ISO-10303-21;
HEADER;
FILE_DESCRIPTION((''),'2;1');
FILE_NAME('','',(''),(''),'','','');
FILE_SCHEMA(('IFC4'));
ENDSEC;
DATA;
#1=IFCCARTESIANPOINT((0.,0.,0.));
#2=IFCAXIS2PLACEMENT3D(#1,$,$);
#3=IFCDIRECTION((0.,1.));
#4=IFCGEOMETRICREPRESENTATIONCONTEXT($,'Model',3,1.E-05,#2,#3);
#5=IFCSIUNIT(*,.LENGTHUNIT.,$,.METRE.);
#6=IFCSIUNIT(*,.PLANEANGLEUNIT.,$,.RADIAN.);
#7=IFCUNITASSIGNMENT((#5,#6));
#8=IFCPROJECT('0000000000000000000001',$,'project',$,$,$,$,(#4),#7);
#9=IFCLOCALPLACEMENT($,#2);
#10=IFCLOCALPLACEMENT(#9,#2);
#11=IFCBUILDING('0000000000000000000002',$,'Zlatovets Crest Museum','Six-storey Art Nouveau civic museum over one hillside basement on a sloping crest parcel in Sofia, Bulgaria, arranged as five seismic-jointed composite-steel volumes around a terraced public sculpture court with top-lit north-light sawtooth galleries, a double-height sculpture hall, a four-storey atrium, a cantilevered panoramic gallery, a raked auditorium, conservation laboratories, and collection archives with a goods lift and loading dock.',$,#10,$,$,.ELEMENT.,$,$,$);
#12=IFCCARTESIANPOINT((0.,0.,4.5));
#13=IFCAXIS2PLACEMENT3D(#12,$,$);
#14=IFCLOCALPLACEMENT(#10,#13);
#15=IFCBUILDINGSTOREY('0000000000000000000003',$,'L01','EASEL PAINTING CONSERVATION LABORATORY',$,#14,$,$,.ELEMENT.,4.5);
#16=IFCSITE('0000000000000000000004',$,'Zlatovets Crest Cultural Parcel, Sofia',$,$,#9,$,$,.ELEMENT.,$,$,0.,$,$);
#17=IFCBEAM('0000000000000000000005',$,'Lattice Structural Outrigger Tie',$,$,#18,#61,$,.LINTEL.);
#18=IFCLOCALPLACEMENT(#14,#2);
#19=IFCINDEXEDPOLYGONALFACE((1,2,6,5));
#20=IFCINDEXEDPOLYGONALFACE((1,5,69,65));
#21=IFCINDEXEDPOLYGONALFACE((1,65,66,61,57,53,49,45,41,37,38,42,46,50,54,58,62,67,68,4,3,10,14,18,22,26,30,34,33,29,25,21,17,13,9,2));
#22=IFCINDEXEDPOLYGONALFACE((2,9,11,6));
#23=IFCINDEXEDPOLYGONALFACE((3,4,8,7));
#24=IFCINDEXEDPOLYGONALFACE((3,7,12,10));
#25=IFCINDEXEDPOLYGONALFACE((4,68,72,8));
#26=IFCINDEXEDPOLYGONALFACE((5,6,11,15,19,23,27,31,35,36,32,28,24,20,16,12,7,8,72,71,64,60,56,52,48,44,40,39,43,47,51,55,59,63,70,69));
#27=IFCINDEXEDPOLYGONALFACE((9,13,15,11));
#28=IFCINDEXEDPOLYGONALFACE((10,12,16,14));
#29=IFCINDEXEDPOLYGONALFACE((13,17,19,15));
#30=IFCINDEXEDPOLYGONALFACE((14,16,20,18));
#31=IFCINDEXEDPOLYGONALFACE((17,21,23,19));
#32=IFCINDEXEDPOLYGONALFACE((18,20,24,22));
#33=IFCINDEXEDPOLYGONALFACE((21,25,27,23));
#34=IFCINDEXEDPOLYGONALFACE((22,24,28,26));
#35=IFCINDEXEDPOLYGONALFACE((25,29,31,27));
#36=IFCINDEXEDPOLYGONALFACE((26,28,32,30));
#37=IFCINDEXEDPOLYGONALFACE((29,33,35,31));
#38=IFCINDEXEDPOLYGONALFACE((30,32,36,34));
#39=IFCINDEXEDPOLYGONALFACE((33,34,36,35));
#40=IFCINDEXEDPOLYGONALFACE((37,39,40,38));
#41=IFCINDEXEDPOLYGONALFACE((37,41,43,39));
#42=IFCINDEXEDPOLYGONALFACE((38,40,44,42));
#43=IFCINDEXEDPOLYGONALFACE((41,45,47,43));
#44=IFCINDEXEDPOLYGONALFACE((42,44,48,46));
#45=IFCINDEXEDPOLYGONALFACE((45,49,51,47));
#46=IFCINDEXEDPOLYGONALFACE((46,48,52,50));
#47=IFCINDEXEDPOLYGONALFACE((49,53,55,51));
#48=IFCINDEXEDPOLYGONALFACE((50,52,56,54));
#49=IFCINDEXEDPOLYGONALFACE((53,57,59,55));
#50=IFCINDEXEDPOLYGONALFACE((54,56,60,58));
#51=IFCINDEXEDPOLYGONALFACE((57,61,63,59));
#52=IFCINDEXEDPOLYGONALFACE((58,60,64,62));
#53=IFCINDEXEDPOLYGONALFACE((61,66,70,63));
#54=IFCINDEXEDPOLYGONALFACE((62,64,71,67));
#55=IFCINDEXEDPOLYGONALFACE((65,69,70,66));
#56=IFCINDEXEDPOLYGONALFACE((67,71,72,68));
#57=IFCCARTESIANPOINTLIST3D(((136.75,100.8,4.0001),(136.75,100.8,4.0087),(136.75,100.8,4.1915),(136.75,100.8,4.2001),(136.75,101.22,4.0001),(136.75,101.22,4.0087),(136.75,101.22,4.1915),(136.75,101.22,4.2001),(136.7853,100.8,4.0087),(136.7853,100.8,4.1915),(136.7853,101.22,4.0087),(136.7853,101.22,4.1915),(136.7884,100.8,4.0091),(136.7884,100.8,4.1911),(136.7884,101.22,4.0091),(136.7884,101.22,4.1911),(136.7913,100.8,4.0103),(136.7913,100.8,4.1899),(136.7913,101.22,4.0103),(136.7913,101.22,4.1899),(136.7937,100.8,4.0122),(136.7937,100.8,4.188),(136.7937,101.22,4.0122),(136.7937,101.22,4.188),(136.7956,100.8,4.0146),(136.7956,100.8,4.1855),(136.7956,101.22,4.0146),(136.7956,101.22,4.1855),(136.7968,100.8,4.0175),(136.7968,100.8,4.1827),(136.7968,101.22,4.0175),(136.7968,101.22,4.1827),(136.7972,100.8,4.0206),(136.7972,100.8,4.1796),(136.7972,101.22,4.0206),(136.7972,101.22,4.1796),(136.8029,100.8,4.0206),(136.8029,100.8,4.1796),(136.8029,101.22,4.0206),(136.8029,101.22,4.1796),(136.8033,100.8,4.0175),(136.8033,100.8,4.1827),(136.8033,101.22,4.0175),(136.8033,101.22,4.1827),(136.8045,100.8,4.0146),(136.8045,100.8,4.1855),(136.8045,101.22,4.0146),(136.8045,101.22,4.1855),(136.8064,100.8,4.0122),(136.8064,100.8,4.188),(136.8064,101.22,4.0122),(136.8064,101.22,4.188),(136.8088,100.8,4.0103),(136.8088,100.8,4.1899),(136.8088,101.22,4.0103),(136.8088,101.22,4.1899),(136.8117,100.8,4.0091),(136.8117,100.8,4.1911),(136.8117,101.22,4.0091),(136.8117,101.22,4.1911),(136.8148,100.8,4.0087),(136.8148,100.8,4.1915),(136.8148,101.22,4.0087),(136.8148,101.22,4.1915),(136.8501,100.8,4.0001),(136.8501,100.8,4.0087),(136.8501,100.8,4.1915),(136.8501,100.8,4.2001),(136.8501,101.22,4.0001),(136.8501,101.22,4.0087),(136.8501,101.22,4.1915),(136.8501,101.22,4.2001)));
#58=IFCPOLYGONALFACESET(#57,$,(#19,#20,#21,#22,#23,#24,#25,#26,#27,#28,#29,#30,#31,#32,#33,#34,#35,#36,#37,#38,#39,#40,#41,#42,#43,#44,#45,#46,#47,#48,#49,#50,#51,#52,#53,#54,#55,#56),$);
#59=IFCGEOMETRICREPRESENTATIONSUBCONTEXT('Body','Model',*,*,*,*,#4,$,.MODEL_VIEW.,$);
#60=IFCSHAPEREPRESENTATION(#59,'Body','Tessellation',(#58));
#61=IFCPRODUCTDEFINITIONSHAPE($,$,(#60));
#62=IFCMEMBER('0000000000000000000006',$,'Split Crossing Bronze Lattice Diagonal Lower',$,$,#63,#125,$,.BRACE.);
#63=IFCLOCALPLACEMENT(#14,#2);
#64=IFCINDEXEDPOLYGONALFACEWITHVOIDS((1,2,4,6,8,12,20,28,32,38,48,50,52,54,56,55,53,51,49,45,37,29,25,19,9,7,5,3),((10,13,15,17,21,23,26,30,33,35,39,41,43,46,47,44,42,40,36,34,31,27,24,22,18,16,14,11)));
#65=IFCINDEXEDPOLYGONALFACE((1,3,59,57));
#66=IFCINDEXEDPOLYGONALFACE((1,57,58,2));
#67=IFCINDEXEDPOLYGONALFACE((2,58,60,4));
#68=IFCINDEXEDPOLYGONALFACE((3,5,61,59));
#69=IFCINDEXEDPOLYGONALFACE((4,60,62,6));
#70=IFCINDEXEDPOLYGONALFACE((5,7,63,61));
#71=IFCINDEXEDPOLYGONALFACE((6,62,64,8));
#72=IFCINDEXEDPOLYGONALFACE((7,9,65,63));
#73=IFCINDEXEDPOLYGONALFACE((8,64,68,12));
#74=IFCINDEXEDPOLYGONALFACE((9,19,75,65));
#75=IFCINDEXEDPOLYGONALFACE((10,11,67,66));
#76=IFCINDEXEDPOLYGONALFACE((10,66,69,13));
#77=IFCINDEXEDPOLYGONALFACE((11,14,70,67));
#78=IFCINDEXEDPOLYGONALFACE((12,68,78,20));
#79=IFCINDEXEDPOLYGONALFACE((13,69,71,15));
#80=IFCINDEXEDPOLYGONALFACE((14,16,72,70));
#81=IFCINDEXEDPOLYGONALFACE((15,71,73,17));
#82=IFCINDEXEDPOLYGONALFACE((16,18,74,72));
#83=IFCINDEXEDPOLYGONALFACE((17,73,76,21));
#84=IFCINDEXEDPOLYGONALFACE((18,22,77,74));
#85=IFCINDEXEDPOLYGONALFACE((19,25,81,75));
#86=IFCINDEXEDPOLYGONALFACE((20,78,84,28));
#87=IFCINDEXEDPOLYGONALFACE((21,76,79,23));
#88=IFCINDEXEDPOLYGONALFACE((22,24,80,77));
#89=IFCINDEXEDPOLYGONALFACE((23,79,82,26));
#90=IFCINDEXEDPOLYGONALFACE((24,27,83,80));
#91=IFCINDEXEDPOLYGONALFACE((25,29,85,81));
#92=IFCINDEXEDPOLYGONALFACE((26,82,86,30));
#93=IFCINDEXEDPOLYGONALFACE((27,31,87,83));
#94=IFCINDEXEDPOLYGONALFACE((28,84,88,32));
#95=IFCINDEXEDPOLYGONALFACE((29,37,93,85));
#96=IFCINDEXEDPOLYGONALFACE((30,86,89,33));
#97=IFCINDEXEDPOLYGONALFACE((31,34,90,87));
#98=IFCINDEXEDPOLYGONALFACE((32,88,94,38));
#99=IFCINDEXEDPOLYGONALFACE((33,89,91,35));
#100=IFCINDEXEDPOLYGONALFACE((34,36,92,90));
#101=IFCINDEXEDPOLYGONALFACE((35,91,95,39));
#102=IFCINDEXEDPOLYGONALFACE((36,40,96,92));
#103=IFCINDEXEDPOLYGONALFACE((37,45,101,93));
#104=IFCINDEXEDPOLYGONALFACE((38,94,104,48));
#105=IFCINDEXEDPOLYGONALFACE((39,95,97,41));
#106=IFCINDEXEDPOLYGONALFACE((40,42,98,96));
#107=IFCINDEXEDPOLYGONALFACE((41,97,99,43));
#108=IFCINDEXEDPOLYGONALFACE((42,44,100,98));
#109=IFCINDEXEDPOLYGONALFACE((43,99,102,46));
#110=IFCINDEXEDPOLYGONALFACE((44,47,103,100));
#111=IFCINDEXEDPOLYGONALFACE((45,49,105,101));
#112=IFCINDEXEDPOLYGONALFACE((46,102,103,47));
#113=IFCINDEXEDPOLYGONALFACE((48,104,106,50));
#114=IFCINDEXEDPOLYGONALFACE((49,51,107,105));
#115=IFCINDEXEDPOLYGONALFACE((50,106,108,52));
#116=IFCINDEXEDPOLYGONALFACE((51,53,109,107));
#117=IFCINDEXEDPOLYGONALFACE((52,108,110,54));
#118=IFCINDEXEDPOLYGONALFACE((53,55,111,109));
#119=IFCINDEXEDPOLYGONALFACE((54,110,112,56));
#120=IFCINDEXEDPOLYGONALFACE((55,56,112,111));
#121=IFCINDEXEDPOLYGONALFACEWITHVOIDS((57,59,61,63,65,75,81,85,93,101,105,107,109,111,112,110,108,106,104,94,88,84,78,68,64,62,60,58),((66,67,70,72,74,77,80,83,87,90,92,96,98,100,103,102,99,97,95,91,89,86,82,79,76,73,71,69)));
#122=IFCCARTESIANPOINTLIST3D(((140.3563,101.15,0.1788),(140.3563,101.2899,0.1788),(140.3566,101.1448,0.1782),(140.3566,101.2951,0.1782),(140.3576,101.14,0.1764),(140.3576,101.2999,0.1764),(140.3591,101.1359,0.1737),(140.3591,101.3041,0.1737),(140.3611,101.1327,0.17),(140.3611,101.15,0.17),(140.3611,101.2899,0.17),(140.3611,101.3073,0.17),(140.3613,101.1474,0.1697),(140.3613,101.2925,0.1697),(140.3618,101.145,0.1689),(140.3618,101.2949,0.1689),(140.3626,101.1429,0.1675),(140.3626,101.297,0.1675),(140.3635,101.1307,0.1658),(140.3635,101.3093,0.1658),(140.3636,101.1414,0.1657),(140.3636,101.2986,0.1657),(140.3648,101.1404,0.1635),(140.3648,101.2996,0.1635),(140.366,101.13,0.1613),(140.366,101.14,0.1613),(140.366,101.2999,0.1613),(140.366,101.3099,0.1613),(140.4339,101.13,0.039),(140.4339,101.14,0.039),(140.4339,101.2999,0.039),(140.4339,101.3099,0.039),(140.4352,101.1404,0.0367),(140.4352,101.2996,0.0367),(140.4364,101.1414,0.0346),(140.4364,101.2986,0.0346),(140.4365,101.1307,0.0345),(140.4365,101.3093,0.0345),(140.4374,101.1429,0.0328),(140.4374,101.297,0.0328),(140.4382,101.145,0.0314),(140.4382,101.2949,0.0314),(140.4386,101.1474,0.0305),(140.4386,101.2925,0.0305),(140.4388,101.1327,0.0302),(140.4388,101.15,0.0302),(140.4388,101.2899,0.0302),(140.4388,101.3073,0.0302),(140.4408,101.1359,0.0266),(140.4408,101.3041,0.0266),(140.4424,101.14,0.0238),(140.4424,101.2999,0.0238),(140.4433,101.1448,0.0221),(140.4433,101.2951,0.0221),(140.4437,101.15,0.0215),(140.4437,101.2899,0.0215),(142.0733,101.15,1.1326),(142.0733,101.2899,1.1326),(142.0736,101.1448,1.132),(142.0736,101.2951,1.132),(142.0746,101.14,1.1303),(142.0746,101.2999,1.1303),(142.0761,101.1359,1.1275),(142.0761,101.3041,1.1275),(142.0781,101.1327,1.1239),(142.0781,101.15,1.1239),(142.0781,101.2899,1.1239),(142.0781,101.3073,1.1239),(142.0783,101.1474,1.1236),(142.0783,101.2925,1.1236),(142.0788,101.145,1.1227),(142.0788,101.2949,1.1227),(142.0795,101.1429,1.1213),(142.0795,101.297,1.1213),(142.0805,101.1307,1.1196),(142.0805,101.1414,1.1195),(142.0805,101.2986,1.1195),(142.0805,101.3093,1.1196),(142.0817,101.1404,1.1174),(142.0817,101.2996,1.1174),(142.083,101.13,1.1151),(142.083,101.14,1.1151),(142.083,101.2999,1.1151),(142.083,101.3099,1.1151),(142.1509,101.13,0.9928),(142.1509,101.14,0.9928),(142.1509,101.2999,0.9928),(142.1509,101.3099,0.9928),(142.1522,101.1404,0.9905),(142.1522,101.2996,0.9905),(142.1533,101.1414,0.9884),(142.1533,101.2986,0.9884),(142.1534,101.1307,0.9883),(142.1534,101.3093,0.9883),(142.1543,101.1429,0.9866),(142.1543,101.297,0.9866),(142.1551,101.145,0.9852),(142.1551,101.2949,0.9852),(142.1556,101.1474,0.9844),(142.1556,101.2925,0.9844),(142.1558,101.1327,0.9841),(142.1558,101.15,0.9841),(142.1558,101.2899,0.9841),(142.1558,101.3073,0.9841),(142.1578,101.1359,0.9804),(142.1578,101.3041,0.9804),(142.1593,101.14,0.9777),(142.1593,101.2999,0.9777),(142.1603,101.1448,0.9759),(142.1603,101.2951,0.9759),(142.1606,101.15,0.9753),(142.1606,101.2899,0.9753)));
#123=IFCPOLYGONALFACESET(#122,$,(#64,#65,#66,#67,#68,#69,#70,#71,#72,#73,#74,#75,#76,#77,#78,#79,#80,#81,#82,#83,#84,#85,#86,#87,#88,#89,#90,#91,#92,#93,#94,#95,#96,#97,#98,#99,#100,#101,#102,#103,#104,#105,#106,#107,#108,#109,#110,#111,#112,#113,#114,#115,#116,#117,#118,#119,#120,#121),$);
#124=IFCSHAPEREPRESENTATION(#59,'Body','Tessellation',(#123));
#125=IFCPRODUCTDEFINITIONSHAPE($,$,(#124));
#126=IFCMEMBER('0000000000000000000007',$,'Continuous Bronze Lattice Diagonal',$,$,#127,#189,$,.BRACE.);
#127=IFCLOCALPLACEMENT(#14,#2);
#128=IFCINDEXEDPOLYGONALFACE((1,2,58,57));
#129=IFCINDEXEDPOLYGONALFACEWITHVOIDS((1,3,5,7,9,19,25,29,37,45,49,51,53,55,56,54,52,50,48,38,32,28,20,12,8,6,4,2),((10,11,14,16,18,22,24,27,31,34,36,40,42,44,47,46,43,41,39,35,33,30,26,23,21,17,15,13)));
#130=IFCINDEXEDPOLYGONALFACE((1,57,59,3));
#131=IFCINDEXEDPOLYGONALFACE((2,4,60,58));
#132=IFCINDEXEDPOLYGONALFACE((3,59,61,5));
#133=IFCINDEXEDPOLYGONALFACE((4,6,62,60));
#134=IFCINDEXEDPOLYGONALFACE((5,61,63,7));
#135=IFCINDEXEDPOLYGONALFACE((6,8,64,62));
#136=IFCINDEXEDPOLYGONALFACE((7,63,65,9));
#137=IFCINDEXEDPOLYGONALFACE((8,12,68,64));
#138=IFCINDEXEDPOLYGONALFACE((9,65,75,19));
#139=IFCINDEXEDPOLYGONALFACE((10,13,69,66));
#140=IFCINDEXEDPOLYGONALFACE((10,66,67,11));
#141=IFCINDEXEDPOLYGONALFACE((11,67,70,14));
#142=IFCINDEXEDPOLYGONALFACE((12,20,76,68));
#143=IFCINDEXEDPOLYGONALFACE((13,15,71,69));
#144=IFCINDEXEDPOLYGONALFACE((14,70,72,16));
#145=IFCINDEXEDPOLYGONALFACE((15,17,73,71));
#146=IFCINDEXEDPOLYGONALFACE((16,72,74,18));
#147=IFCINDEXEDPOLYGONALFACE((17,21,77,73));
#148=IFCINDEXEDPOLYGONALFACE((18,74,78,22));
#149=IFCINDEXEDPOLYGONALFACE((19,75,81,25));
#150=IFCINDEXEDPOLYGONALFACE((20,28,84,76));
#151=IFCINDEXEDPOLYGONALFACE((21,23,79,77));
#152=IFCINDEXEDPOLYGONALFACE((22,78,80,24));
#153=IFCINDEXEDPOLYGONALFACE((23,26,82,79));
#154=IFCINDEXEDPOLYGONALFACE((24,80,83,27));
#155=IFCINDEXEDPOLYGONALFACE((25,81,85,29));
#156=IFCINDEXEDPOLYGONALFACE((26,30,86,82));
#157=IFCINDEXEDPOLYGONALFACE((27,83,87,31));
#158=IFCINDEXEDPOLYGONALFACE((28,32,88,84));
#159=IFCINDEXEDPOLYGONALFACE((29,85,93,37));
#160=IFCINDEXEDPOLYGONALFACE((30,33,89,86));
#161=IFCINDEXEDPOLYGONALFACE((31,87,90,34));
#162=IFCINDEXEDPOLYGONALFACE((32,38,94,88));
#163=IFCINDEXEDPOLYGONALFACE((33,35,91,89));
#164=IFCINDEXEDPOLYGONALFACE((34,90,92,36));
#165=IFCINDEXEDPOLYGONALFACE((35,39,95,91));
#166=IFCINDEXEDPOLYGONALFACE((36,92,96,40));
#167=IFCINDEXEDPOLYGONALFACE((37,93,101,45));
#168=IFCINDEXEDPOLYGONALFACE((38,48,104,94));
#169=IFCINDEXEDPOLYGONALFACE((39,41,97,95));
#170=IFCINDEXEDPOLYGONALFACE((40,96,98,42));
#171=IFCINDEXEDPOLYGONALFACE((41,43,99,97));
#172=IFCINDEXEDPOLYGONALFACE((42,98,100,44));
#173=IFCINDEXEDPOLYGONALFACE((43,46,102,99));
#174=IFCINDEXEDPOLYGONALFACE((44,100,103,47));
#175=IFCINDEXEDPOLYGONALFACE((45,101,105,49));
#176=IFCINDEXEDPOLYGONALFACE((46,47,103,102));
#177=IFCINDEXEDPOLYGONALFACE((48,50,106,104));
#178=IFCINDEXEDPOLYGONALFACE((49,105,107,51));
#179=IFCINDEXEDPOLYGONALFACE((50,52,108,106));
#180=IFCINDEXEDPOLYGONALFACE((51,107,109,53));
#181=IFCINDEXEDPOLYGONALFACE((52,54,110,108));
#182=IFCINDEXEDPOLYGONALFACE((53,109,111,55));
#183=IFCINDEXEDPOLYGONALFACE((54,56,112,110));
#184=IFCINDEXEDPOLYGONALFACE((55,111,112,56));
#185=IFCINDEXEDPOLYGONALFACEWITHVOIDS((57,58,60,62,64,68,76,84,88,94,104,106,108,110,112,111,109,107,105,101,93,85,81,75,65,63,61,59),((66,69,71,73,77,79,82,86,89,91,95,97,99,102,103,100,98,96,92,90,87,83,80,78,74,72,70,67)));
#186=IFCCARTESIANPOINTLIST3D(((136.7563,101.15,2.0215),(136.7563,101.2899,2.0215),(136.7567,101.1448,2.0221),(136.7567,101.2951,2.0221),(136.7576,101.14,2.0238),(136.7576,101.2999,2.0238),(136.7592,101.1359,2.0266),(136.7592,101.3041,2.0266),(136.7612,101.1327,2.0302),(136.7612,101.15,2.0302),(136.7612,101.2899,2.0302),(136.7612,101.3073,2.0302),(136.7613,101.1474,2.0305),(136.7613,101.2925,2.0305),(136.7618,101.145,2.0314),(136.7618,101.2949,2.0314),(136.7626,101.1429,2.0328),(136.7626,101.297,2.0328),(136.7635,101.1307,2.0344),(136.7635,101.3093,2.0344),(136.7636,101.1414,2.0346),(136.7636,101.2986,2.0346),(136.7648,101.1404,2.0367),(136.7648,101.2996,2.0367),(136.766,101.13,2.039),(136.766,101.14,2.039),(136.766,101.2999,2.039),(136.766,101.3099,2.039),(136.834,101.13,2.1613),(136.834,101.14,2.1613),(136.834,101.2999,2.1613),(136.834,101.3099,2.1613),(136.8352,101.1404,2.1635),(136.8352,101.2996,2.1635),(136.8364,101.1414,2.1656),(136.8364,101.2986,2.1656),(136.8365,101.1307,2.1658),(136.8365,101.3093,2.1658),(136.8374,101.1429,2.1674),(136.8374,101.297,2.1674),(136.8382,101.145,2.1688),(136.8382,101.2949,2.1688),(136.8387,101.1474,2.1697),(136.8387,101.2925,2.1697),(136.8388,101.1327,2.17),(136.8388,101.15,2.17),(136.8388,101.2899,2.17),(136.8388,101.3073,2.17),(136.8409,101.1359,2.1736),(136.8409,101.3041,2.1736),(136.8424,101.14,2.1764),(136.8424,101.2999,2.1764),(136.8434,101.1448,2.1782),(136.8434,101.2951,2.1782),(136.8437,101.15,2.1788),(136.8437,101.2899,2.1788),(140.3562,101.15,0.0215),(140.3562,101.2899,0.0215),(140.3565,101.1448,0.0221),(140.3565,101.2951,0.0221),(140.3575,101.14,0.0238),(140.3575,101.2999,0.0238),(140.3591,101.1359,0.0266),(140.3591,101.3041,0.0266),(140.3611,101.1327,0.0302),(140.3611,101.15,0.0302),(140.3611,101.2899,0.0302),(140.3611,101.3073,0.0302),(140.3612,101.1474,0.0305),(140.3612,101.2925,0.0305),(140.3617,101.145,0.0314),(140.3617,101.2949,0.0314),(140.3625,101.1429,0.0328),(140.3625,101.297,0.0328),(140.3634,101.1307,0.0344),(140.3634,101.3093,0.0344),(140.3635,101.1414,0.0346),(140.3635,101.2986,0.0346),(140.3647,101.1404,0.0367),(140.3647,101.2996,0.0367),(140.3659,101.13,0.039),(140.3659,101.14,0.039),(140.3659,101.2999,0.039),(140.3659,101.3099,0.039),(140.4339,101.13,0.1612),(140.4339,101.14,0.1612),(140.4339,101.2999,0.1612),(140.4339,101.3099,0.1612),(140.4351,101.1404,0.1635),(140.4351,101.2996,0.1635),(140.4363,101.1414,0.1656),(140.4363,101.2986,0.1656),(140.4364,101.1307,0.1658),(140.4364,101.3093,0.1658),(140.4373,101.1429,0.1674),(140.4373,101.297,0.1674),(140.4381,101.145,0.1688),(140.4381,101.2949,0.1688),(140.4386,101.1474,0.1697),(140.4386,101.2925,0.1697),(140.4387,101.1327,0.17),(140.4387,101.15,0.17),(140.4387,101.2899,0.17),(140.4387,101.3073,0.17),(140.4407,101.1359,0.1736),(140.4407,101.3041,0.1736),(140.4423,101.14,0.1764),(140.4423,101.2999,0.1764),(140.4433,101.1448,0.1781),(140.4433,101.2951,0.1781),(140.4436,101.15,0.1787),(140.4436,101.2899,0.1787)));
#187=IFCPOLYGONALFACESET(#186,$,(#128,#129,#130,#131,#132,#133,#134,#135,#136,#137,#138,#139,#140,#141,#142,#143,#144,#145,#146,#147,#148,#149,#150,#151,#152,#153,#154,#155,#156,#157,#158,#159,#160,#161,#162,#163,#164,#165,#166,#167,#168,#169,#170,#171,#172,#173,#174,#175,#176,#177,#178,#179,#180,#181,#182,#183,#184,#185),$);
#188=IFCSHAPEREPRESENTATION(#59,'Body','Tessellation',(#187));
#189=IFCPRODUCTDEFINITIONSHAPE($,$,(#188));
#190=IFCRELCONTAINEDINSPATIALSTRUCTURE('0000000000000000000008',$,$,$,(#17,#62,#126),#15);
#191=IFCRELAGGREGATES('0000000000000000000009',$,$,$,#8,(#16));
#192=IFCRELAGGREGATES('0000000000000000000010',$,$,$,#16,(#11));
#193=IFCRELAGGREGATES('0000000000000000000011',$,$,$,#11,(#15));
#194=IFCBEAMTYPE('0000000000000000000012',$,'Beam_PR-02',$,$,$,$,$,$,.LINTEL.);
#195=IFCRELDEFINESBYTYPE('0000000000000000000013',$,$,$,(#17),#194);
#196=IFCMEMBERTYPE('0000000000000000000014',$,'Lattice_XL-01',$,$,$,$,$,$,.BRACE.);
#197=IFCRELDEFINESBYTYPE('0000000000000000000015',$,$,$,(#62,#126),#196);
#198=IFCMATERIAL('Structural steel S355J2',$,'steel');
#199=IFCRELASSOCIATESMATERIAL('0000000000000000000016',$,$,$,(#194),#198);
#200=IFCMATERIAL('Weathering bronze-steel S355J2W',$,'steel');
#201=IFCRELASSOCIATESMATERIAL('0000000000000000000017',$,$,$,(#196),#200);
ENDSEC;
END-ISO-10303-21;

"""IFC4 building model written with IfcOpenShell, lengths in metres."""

from ifc_helpers import new_model, si_unit, direction, frame, origin, origin_2d, place, context, subcontext, project, spatial, hollow_rectangle, i_section, extrude, material, material_profile, profile_set, type_object, element, save


model = new_model("IFC4")

# Units and contexts
model_context = context("Model", 3, precision=1e-05, world=origin(), true_north=direction((0.0, 1.0)))
body_context = subcontext(model_context, "Body", "Model", "MODEL_VIEW")
ifc_project = project(units=[si_unit("LENGTHUNIT", "METRE"), si_unit("PLANEANGLEUNIT", "RADIAN")], contexts=[model_context])

# Site, building, storey
site_placement = place(None, origin())
site = spatial("IfcSite", under=ifc_project, at=site_placement, Name="Zlatovets Crest Cultural Parcel, Sofia", CompositionType="ELEMENT", RefElevation=0.0)
building_placement = place(site_placement, origin())
building = spatial("IfcBuilding", under=site, at=building_placement, Name="Zlatovets Crest Museum", Description="Six-storey Art Nouveau civic museum over one hillside basement on a sloping crest parcel in Sofia, Bulgaria, arranged as five seismic-jointed composite-steel volumes around a terraced public sculpture court with top-lit north-light sawtooth galleries, a double-height sculpture hall, a four-storey atrium, a cantilevered panoramic gallery, a raked auditorium, conservation laboratories, and collection archives with a goods lift and loading dock.", CompositionType="ELEMENT")
storey_placement = place(building_placement, frame((0.0, 0.0, 4.5)))
storey = spatial("IfcBuildingStorey", under=building, at=storey_placement, Name="L01", Description="EASEL PAINTING CONSERVATION LABORATORY", CompositionType="ELEMENT", Elevation=4.5)

# Shared definitions
ifc_material_1 = material(Name="Structural steel S355J2", Category="steel")

# Beam
ifc_material_profile_1 = material_profile(ifc_material_1, i_section(OverallWidth=0.1001, OverallDepth=0.2, WebThickness=0.0056, FlangeThickness=0.0085, FilletRadius=0.012, at=origin_2d()), Name="IPE 200")
ifc_profile_set_1 = profile_set([ifc_material_profile_1], Name="Structural steel S355J2")
beam_type_1 = type_object("IfcBeamType", Name="Beam_PR-02", PredefinedType="LINTEL", material=ifc_profile_set_1)
for number, where, z_axis, x_axis, name in (
    (1, (136.8, 100.8, 4.1001), (0.0, 1.0, 0.0), (-1.0, 0.0, 0.0), "Lattice Structural Outrigger Tie"),
):
    element("IfcBeam", number, at=place(storey_placement, frame(where, z_axis=z_axis, x_axis=x_axis)), inside=storey, type_object=beam_type_1, Name=name, PredefinedType="LINTEL", context=body_context, shape_type="SweptSolid", body=[
        extrude(i_section(OverallWidth=0.1001, OverallDepth=0.2, WebThickness=0.0056, FlangeThickness=0.0085, FilletRadius=0.012, at=origin_2d()), origin(), (0.0, 0.0, 1.0), 0.4199),
    ])

# Members
ifc_material_2 = material(Name="Weathering bronze-steel S355J2W", Category="steel")
ifc_material_profile_2 = material_profile(ifc_material_2, hollow_rectangle(XDim=0.1799, YDim=0.1799, WallThickness=0.01, InnerFilletRadius=0.01, OuterFilletRadius=0.02, at=origin_2d()), Name="SHS 180x180x10.0")
ifc_profile_set_2 = profile_set([ifc_material_profile_2], Name="Weathering bronze-steel S355J2W")
member_type_1 = type_object("IfcMemberType", Name="Lattice_XL-01", PredefinedType="BRACE", material=ifc_profile_set_2)
member_1_placement = place(storey_placement, frame((142.1169, 101.22, 1.054), z_axis=(-0.874169, 0.0, -0.485622), x_axis=(0.0, -1.0, 0.0)))
element("IfcMember", 2, at=member_1_placement, inside=storey, type_object=member_type_1, Name="Split Crossing Bronze Lattice Diagonal Lower", PredefinedType="BRACE", context=body_context, shape_type="SweptSolid", body=[
    extrude(hollow_rectangle(XDim=0.1799, YDim=0.1799, WallThickness=0.01, InnerFilletRadius=0.01, OuterFilletRadius=0.02, at=origin_2d()), origin(), (0.0, 0.0, 1.0), 1.9641),
])
member_2_placement = place(storey_placement, frame((140.3999, 101.22, 0.1001), z_axis=(-0.874149, 0.0, 0.485658), x_axis=(0.0, -1.0, 0.0)))
element("IfcMember", 3, at=member_2_placement, inside=storey, type_object=member_type_1, Name="Continuous Bronze Lattice Diagonal", PredefinedType="BRACE", context=body_context, shape_type="SweptSolid", body=[
    extrude(hollow_rectangle(XDim=0.1799, YDim=0.1799, WallThickness=0.01, InnerFilletRadius=0.01, OuterFilletRadius=0.02, at=origin_2d()), origin(), (0.0, 0.0, 1.0), 4.1182),
])

save(model, "model.ifc")
